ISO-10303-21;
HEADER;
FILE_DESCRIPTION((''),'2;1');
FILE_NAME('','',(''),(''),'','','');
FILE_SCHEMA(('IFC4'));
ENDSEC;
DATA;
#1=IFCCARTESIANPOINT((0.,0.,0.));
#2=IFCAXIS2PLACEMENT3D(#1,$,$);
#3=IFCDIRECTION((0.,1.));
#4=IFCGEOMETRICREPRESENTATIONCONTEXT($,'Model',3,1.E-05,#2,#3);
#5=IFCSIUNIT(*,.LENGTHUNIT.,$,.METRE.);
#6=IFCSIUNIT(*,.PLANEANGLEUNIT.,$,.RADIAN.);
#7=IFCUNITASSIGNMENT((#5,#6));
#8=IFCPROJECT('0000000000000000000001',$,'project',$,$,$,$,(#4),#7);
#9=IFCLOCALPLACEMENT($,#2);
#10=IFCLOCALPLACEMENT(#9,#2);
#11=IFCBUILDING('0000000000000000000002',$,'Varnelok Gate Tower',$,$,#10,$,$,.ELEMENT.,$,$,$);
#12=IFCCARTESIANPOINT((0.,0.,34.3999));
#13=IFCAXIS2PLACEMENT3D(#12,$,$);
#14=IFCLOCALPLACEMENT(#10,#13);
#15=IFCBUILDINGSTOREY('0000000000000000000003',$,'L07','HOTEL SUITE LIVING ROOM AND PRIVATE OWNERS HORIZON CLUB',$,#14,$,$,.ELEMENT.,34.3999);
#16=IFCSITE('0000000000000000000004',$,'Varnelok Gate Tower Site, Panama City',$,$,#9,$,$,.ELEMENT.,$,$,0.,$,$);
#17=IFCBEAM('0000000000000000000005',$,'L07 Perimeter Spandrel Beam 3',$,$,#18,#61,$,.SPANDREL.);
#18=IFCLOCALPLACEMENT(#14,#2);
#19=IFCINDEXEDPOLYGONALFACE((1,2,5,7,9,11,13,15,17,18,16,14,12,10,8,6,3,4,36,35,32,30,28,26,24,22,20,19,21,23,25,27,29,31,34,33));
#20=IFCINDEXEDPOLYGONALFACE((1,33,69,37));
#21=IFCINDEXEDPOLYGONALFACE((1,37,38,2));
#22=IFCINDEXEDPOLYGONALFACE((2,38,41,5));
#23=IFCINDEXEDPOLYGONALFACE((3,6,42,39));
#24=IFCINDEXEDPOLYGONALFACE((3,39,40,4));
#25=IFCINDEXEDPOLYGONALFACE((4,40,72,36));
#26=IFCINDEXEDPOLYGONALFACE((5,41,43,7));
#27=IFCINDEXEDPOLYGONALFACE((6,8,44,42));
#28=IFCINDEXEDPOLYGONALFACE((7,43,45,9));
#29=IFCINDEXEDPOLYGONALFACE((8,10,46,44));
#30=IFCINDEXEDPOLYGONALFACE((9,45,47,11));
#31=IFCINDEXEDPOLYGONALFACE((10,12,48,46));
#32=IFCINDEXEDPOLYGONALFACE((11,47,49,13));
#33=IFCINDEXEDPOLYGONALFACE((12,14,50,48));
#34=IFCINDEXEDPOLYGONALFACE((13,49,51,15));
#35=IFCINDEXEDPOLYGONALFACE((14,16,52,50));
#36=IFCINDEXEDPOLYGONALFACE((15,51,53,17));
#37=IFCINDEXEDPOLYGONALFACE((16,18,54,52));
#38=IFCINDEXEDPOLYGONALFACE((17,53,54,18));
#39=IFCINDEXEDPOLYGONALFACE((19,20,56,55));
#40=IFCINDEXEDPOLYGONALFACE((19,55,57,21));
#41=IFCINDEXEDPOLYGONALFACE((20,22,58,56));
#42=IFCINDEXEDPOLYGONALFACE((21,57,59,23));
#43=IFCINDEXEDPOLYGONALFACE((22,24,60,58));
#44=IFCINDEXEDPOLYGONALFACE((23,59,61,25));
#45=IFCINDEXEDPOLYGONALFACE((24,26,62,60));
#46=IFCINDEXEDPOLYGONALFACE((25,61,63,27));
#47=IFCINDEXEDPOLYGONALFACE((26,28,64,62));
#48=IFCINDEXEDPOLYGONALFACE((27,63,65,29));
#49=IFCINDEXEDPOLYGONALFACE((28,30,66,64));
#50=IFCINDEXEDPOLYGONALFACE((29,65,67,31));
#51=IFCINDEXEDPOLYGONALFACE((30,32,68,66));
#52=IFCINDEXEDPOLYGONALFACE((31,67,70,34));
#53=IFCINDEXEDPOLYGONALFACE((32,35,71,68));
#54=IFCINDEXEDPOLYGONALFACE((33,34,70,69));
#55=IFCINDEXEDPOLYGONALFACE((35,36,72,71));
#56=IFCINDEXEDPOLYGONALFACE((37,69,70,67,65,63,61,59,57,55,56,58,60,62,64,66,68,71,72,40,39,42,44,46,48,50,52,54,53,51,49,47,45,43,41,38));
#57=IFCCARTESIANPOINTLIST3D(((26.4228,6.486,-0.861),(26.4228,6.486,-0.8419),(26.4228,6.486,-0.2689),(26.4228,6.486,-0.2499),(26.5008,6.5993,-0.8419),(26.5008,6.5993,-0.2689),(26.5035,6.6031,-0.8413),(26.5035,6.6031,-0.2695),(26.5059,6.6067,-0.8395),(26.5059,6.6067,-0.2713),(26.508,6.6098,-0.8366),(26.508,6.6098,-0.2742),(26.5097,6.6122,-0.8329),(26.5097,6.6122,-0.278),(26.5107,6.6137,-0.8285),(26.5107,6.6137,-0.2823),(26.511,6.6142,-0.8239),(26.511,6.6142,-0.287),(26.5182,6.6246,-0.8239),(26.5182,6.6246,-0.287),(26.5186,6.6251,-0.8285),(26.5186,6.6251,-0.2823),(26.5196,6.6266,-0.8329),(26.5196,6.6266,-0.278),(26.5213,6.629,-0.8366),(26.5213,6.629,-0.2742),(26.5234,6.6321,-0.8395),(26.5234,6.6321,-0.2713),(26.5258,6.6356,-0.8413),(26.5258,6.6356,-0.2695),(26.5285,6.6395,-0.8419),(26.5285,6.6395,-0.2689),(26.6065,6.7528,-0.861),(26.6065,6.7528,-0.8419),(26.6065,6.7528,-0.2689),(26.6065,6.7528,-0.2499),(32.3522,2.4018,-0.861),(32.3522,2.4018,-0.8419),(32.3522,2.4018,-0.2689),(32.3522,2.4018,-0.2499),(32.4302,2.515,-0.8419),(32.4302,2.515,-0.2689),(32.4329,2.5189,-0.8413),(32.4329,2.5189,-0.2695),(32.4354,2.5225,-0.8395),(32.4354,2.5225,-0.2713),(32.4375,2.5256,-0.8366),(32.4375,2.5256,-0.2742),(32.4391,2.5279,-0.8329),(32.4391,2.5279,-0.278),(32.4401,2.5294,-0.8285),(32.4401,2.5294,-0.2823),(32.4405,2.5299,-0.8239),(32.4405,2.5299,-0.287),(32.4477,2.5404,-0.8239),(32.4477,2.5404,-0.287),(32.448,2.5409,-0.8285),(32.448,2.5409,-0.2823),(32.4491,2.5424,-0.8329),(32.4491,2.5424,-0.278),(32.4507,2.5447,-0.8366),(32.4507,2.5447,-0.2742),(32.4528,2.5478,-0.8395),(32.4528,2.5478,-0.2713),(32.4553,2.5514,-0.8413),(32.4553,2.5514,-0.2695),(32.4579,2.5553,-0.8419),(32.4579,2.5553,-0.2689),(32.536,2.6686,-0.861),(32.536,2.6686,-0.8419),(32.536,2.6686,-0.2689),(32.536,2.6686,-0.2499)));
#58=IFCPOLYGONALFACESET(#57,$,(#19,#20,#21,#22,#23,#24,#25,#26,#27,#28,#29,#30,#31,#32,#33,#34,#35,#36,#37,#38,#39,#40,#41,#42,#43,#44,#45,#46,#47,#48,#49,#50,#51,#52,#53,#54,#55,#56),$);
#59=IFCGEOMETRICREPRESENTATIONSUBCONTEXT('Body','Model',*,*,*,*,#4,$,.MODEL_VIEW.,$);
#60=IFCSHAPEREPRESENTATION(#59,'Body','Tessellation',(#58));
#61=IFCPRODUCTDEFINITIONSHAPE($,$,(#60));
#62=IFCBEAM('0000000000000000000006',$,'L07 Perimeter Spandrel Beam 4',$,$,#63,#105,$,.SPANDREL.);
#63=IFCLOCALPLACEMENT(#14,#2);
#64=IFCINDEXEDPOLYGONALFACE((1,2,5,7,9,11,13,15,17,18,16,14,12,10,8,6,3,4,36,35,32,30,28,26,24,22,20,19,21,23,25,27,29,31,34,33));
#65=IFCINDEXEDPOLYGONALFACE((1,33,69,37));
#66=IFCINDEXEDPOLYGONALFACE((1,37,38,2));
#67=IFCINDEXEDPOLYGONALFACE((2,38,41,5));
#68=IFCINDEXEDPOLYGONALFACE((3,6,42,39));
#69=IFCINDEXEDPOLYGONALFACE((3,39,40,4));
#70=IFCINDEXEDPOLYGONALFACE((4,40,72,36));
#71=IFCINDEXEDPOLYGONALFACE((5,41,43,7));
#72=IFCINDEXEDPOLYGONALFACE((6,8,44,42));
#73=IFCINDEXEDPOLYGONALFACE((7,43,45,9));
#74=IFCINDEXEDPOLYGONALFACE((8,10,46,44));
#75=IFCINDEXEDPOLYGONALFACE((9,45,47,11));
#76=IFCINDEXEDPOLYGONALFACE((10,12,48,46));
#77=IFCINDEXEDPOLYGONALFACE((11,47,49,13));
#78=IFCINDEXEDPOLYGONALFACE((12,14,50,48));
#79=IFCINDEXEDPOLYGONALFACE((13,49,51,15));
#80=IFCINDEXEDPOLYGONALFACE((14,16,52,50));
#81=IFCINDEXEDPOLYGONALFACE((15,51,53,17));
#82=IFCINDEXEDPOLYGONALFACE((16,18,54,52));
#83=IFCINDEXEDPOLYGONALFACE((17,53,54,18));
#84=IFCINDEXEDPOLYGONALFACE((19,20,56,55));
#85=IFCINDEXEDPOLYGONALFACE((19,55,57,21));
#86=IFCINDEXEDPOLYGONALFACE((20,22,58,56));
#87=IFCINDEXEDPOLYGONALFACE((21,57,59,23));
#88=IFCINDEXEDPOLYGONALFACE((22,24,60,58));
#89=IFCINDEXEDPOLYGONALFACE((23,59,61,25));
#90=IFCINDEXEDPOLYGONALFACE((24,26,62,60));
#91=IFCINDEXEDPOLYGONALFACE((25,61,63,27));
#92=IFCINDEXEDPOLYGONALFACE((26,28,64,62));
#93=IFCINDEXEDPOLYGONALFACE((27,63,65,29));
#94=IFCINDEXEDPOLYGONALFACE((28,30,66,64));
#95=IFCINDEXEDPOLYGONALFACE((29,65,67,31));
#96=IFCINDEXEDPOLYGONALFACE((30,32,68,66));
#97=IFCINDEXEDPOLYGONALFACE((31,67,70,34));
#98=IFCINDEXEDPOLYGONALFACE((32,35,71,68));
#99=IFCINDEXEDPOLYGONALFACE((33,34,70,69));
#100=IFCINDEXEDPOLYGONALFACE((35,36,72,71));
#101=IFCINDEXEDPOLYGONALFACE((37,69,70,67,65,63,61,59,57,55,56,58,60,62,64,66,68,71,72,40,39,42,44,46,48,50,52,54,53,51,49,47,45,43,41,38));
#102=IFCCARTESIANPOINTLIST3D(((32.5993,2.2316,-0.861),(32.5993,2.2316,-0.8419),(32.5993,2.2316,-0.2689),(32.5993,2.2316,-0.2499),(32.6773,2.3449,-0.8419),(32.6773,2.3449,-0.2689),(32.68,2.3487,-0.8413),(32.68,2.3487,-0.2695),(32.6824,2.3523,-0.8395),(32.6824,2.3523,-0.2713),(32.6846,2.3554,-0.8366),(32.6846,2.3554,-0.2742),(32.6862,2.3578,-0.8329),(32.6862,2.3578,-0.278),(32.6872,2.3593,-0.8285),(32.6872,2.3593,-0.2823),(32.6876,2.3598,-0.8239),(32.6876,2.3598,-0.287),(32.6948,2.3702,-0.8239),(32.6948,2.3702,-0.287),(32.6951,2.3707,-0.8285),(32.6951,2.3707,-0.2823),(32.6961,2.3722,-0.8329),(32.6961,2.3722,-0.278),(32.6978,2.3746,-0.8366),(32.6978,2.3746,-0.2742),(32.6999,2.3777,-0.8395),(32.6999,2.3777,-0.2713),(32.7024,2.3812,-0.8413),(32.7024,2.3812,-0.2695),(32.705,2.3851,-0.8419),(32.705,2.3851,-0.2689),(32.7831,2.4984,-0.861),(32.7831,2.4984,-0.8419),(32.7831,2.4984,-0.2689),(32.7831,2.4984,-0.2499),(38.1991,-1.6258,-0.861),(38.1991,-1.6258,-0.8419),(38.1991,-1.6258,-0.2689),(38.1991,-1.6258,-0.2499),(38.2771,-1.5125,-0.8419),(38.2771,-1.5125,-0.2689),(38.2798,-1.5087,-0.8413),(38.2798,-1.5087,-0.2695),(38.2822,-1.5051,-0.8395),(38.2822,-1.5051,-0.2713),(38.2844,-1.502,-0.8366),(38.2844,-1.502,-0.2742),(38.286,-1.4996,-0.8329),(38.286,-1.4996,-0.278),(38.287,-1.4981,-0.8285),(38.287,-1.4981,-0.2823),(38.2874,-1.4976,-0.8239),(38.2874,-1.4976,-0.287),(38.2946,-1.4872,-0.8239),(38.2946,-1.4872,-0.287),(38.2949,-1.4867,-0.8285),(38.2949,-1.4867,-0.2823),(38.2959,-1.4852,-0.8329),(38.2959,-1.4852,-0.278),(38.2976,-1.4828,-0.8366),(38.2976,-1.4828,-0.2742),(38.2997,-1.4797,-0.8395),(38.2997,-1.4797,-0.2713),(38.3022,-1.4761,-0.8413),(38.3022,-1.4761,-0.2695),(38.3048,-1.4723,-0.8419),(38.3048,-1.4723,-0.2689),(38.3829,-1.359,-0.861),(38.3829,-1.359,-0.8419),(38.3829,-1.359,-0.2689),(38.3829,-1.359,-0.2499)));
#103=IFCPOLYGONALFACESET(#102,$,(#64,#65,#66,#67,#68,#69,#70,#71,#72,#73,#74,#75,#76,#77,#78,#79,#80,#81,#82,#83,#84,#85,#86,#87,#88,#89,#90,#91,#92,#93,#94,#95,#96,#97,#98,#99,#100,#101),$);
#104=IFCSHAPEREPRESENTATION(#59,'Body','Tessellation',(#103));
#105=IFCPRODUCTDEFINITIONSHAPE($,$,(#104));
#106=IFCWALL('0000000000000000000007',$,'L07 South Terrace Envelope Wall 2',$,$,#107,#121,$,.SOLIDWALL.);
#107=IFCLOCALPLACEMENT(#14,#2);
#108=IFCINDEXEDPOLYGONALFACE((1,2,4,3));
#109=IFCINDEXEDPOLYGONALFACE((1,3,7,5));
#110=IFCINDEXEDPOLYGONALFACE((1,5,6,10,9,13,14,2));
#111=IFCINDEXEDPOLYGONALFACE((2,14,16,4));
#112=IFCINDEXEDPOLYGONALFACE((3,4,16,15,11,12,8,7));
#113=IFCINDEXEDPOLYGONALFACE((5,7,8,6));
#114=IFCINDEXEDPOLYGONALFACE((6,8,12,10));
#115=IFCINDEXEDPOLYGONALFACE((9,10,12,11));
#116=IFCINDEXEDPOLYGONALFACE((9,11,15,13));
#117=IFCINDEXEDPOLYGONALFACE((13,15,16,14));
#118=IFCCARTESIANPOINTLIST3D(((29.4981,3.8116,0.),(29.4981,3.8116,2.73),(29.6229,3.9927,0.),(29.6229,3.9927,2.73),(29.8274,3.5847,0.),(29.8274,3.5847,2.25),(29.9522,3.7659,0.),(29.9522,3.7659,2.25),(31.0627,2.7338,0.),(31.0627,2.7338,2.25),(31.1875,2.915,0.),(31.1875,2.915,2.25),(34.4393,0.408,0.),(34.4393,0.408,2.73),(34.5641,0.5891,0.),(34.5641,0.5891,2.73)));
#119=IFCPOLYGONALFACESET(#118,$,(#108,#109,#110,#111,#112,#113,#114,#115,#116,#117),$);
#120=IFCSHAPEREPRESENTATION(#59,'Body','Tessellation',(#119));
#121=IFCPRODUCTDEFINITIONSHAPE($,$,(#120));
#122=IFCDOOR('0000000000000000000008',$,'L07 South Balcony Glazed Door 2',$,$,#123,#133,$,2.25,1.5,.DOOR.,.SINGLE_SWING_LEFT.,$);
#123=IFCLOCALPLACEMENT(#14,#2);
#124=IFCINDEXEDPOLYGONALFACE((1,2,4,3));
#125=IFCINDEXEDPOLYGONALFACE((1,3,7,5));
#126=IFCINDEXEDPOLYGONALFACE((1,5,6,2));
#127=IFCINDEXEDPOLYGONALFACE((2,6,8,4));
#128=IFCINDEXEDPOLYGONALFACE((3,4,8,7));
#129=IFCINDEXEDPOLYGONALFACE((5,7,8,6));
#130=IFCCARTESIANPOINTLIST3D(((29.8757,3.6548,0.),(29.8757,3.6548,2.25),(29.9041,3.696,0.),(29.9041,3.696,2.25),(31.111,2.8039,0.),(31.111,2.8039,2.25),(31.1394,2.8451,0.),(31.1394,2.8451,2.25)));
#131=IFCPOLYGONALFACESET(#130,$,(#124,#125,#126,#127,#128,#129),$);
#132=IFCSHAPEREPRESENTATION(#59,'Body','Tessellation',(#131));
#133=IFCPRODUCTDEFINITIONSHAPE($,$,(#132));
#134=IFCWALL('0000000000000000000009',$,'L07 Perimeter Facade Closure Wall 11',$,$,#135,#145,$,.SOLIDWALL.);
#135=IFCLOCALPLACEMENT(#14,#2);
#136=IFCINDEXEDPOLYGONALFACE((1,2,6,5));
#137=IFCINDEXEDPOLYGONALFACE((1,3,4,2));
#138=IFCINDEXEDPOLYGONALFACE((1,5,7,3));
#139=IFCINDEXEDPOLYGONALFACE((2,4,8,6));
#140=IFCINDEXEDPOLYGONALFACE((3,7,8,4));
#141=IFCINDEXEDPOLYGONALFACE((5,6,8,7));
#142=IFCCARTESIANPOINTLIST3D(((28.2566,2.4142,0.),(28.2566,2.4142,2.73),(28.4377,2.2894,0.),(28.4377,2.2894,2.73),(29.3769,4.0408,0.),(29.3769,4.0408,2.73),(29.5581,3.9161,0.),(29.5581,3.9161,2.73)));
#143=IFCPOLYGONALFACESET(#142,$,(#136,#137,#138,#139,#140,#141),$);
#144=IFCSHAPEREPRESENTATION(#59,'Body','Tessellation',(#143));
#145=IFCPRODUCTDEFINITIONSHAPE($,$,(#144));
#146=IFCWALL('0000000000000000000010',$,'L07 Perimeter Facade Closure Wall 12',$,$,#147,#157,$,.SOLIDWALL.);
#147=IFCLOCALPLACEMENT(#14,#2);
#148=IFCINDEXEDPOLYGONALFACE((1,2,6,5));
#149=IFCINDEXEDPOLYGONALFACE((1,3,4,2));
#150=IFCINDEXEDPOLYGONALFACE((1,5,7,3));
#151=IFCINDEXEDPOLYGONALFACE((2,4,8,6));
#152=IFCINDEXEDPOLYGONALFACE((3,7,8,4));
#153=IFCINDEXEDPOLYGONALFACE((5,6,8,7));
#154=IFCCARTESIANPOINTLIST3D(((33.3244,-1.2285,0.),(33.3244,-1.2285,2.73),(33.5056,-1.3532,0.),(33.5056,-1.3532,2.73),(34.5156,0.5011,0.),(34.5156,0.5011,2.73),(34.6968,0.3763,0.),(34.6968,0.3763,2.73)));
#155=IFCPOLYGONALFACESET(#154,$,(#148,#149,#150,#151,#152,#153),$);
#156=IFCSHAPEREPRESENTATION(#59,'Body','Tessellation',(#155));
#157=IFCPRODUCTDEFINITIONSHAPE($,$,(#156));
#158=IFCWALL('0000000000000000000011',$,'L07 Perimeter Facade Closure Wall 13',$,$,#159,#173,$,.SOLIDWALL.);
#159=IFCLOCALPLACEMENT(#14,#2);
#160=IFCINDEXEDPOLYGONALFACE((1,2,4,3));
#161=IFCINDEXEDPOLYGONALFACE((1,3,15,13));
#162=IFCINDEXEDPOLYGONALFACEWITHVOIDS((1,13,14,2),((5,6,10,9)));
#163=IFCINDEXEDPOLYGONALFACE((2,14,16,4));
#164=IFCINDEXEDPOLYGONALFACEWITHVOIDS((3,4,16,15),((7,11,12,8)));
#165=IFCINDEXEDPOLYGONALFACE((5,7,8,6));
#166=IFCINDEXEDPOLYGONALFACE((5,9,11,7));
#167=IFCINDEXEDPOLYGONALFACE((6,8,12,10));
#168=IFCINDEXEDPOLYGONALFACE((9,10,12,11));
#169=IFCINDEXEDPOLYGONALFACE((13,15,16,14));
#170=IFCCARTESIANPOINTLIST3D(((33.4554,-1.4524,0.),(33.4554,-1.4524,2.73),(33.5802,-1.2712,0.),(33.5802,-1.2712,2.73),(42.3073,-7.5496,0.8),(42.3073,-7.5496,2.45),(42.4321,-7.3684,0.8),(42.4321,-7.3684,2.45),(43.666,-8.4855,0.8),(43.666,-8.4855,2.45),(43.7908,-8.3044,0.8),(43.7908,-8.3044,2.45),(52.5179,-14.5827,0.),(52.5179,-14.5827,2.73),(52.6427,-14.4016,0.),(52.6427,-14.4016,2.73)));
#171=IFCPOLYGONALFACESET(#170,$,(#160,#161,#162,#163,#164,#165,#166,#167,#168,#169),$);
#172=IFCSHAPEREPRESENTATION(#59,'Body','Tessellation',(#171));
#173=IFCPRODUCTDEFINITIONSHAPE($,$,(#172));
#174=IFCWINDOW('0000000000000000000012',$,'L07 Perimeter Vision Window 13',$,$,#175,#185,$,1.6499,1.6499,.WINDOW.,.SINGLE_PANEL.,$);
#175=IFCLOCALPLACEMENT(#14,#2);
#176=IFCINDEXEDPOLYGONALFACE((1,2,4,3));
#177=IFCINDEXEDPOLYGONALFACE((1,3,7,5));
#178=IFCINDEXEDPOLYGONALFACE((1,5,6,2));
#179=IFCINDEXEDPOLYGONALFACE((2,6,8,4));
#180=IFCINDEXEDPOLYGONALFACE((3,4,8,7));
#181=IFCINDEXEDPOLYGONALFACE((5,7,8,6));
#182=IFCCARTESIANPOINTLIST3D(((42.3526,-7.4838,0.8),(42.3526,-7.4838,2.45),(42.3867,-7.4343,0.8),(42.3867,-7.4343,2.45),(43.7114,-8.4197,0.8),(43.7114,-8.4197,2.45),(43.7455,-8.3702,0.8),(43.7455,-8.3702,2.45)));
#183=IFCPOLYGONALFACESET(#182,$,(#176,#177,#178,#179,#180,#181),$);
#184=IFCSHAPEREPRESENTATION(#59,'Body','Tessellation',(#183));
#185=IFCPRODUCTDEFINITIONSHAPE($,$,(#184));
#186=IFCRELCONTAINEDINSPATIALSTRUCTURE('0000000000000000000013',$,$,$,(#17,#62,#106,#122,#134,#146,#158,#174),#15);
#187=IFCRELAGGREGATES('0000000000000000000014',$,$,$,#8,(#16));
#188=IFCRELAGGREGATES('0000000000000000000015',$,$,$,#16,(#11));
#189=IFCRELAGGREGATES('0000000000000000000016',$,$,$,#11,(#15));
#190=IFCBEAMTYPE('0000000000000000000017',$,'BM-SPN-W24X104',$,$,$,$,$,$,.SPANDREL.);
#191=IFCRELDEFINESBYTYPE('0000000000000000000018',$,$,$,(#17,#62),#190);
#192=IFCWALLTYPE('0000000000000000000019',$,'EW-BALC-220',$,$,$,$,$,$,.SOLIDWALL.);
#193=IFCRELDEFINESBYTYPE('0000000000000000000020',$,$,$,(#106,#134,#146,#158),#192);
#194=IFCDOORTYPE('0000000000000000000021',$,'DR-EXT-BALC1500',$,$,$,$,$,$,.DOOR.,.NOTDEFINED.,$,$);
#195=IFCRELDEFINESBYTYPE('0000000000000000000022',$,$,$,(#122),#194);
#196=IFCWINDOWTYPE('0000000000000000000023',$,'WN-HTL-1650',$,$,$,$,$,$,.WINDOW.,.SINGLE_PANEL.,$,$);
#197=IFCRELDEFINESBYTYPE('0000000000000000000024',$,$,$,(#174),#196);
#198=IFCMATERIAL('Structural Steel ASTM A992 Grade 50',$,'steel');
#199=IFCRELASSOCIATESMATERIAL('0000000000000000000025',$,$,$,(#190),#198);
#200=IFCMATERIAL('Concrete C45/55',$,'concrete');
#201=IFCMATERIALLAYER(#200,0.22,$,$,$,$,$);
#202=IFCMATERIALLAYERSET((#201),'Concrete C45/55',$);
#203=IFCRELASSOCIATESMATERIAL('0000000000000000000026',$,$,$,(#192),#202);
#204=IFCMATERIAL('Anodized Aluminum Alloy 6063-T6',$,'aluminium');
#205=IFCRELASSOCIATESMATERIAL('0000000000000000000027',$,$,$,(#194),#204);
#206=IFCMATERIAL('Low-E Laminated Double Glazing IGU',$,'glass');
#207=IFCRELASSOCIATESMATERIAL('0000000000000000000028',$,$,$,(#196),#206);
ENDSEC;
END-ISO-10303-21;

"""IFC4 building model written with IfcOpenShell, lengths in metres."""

from ifc_helpers import new_model, si_unit, direction, frame, frame_2d, origin, origin_2d, place, context, subcontext, project, spatial, rectangle, i_section, extrude, material, layer, layer_set, material_profile, profile_set, type_object, element, fill, save


model = new_model("IFC4")

# Units and contexts
model_context = context("Model", 3, precision=1e-05, world=origin(), true_north=direction((0.0, 1.0)))
body_context = subcontext(model_context, "Body", "Model", "MODEL_VIEW")
ifc_project = project(units=[si_unit("LENGTHUNIT", "METRE"), si_unit("PLANEANGLEUNIT", "RADIAN")], contexts=[model_context])

# Site, building, storey
site_placement = place(None, origin())
site = spatial("IfcSite", under=ifc_project, at=site_placement, Name="Varnelok Gate Tower Site, Panama City", CompositionType="ELEMENT", RefElevation=0.0)
building_placement = place(site_placement, origin())
building = spatial("IfcBuilding", under=site, at=building_placement, Name="Varnelok Gate Tower", CompositionType="ELEMENT")
storey_placement = place(building_placement, frame((0.0, 0.0, 34.3999)))
storey = spatial("IfcBuildingStorey", under=building, at=storey_placement, Name="L07", Description="HOTEL SUITE LIVING ROOM AND PRIVATE OWNERS HORIZON CLUB", CompositionType="ELEMENT", Elevation=34.3999)

# Shared definitions
ifc_material_1 = material(Name="Structural Steel ASTM A992 Grade 50", Category="steel")

# Beams
ifc_material_profile_1 = material_profile(ifc_material_1, i_section(OverallWidth=0.324, OverallDepth=0.6111, WebThickness=0.0127, FlangeThickness=0.019, FilletRadius=0.0181, at=origin_2d()), Name="W24X104")
ifc_profile_set_1 = profile_set([ifc_material_profile_1], Name="Structural Steel ASTM A992 Grade 50")
beam_type_1 = type_object("IfcBeamType", Name="BM-SPN-W24X104", PredefinedType="SPANDREL", material=ifc_profile_set_1)
beam_1_placement = place(storey_placement, frame((26.5146, 6.6194, -0.5554), z_axis=(0.82354, -0.567258, 0.0), x_axis=(0.567258, 0.82354, 0.0)))
element("IfcBeam", 1, at=beam_1_placement, inside=storey, type_object=beam_type_1, Name="L07 Perimeter Spandrel Beam 3", PredefinedType="SPANDREL", context=body_context, shape_type="SweptSolid", body=[
    extrude(i_section(OverallWidth=0.324, OverallDepth=0.6111, WebThickness=0.0127, FlangeThickness=0.019, FilletRadius=0.0181, at=origin_2d()), origin(), (0.0, 0.0, 1.0), 7.2),
])
beam_2_placement = place(storey_placement, frame((32.6912, 2.365, -0.5554), z_axis=(0.823525, -0.56728, 0.0), x_axis=(0.56728, 0.823525, 0.0)))
element("IfcBeam", 2, at=beam_2_placement, inside=storey, type_object=beam_type_1, Name="L07 Perimeter Spandrel Beam 4", PredefinedType="SPANDREL", context=body_context, shape_type="SweptSolid", body=[
    extrude(i_section(OverallWidth=0.324, OverallDepth=0.6111, WebThickness=0.0127, FlangeThickness=0.019, FilletRadius=0.0181, at=origin_2d()), origin(), (0.0, 0.0, 1.0), 6.7998),
])

# Wall, opening, door
ifc_material_2 = material(Name="Concrete C45/55", Category="concrete")
ifc_layer_1 = layer(ifc_material_2, 0.22)
ifc_layer_set_1 = layer_set([ifc_layer_1], Name="Concrete C45/55")
wall_type_1 = type_object("IfcWallType", Name="EW-BALC-220", PredefinedType="SOLIDWALL", material=ifc_layer_set_1)
wall_1_placement = place(storey_placement, frame((34.5017, 0.4985, 0.0), z_axis=(0.0, 0.0, 1.0), x_axis=(-0.823535, 0.567266, 0.0)))
wall_1 = element("IfcWall", 3, at=wall_1_placement, inside=storey, type_object=wall_type_1, Name="L07 South Terrace Envelope Wall 2", PredefinedType="SOLIDWALL", context=body_context, shape_type="SweptSolid", body=[
    extrude(rectangle(XDim=6.0, YDim=0.22, at=frame_2d((3.0, 0.0))), origin(), (0.0, 0.0, 1.0), 2.73),
])
opening_1_placement = place(wall_1_placement, frame((4.1001, 0.0, 0.0)))
opening_1 = element("IfcOpeningElement", 4, at=opening_1_placement, cuts=wall_1, PredefinedType="OPENING", context=body_context, shape_type="SweptSolid", body=[
    extrude(rectangle(XDim=1.5, YDim=2.25, at=frame_2d((0.75, 1.125))), frame((0.0, 0.1199, 0.0), z_axis=(0.0, -1.0, 0.0), x_axis=(1.0, 0.0, 0.0)), (0.0, 0.0, 1.0), 0.24),
])
ifc_material_3 = material(Name="Anodized Aluminum Alloy 6063-T6", Category="aluminium")
door_type_1 = type_object("IfcDoorType", Name="DR-EXT-BALC1500", OperationType="NOTDEFINED", PredefinedType="DOOR", material=ifc_material_3)
door_1_placement = place(opening_1_placement, origin())
door_1 = element("IfcDoor", 5, at=door_1_placement, inside=storey, type_object=door_type_1, Name="L07 South Balcony Glazed Door 2", OperationType="SINGLE_SWING_LEFT", OverallHeight=2.25, OverallWidth=1.5, PredefinedType="DOOR", context=body_context, shape_type="SweptSolid", body=[
    extrude(rectangle(XDim=1.5, YDim=2.25, at=frame_2d((0.75, 1.125))), frame((0.0, 0.0249, 0.0), z_axis=(0.0, -1.0, 0.0), x_axis=(1.0, 0.0, 0.0)), (0.0, 0.0, 1.0), 0.05),
])
fill(opening_1, door_1)

# Walls
wall_2_placement = place(storey_placement, frame((28.3472, 2.3518, 0.0), z_axis=(0.0, 0.0, 1.0), x_axis=(0.567216, 0.823569, 0.0)))
element("IfcWall", 6, at=wall_2_placement, inside=storey, type_object=wall_type_1, Name="L07 Perimeter Facade Closure Wall 11", PredefinedType="SOLIDWALL", context=body_context, shape_type="SweptSolid", body=[
    extrude(rectangle(XDim=1.9751, YDim=0.22, at=frame_2d((0.9875, 0.0))), origin(), (0.0, 0.0, 1.0), 2.73),
])
wall_3_placement = place(storey_placement, frame((34.6062, 0.4387, 0.0), z_axis=(0.0, 0.0, 1.0), x_axis=(-0.567219, -0.823567, 0.0)))
element("IfcWall", 7, at=wall_3_placement, inside=storey, type_object=wall_type_1, Name="L07 Perimeter Facade Closure Wall 12", PredefinedType="SOLIDWALL", context=body_context, shape_type="SweptSolid", body=[
    extrude(rectangle(XDim=2.1001, YDim=0.22, at=frame_2d((1.05, 0.0))), origin(), (0.0, 0.0, 1.0), 2.73),
])

# Wall, opening, window
wall_4_placement = place(storey_placement, frame((33.5178, -1.3618, 0.0), z_axis=(0.0, 0.0, 1.0), x_axis=(0.823539, -0.567259, 0.0)))
wall_4 = element("IfcWall", 8, at=wall_4_placement, inside=storey, type_object=wall_type_1, Name="L07 Perimeter Facade Closure Wall 13", PredefinedType="SOLIDWALL", context=body_context, shape_type="SweptSolid", body=[
    extrude(rectangle(XDim=23.147, YDim=0.22, at=frame_2d((11.5735, 0.0))), origin(), (0.0, 0.0, 1.0), 2.73),
])
opening_2_placement = place(wall_4_placement, frame((10.7485, 0.0, 0.8)))
opening_2 = element("IfcOpeningElement", 9, at=opening_2_placement, cuts=wall_4, PredefinedType="OPENING", context=body_context, shape_type="SweptSolid", body=[
    extrude(rectangle(XDim=1.6499, YDim=1.6499, at=frame_2d((0.825, 0.825))), frame((0.0, 0.1199, 0.0), z_axis=(0.0, -1.0, 0.0), x_axis=(1.0, 0.0, 0.0)), (0.0, 0.0, 1.0), 0.24),
])
ifc_material_4 = material(Name="Low-E Laminated Double Glazing IGU", Category="glass")
window_type = type_object("IfcWindowType", Name="WN-HTL-1650", PartitioningType="SINGLE_PANEL", PredefinedType="WINDOW", material=ifc_material_4)
window_placement = place(opening_2_placement, origin())
window = element("IfcWindow", 10, at=window_placement, inside=storey, type_object=window_type, Name="L07 Perimeter Vision Window 13", OverallHeight=1.6499, OverallWidth=1.6499, PartitioningType="SINGLE_PANEL", PredefinedType="WINDOW", context=body_context, shape_type="SweptSolid", body=[
    extrude(rectangle(XDim=1.6499, YDim=1.6499, at=frame_2d((0.825, 0.825))), frame((0.0, 0.03, 0.0), z_axis=(0.0, -1.0, 0.0), x_axis=(1.0, 0.0, 0.0)), (0.0, 0.0, 1.0), 0.0601),
])
fill(opening_2, window)

save(model, "model.ifc")
